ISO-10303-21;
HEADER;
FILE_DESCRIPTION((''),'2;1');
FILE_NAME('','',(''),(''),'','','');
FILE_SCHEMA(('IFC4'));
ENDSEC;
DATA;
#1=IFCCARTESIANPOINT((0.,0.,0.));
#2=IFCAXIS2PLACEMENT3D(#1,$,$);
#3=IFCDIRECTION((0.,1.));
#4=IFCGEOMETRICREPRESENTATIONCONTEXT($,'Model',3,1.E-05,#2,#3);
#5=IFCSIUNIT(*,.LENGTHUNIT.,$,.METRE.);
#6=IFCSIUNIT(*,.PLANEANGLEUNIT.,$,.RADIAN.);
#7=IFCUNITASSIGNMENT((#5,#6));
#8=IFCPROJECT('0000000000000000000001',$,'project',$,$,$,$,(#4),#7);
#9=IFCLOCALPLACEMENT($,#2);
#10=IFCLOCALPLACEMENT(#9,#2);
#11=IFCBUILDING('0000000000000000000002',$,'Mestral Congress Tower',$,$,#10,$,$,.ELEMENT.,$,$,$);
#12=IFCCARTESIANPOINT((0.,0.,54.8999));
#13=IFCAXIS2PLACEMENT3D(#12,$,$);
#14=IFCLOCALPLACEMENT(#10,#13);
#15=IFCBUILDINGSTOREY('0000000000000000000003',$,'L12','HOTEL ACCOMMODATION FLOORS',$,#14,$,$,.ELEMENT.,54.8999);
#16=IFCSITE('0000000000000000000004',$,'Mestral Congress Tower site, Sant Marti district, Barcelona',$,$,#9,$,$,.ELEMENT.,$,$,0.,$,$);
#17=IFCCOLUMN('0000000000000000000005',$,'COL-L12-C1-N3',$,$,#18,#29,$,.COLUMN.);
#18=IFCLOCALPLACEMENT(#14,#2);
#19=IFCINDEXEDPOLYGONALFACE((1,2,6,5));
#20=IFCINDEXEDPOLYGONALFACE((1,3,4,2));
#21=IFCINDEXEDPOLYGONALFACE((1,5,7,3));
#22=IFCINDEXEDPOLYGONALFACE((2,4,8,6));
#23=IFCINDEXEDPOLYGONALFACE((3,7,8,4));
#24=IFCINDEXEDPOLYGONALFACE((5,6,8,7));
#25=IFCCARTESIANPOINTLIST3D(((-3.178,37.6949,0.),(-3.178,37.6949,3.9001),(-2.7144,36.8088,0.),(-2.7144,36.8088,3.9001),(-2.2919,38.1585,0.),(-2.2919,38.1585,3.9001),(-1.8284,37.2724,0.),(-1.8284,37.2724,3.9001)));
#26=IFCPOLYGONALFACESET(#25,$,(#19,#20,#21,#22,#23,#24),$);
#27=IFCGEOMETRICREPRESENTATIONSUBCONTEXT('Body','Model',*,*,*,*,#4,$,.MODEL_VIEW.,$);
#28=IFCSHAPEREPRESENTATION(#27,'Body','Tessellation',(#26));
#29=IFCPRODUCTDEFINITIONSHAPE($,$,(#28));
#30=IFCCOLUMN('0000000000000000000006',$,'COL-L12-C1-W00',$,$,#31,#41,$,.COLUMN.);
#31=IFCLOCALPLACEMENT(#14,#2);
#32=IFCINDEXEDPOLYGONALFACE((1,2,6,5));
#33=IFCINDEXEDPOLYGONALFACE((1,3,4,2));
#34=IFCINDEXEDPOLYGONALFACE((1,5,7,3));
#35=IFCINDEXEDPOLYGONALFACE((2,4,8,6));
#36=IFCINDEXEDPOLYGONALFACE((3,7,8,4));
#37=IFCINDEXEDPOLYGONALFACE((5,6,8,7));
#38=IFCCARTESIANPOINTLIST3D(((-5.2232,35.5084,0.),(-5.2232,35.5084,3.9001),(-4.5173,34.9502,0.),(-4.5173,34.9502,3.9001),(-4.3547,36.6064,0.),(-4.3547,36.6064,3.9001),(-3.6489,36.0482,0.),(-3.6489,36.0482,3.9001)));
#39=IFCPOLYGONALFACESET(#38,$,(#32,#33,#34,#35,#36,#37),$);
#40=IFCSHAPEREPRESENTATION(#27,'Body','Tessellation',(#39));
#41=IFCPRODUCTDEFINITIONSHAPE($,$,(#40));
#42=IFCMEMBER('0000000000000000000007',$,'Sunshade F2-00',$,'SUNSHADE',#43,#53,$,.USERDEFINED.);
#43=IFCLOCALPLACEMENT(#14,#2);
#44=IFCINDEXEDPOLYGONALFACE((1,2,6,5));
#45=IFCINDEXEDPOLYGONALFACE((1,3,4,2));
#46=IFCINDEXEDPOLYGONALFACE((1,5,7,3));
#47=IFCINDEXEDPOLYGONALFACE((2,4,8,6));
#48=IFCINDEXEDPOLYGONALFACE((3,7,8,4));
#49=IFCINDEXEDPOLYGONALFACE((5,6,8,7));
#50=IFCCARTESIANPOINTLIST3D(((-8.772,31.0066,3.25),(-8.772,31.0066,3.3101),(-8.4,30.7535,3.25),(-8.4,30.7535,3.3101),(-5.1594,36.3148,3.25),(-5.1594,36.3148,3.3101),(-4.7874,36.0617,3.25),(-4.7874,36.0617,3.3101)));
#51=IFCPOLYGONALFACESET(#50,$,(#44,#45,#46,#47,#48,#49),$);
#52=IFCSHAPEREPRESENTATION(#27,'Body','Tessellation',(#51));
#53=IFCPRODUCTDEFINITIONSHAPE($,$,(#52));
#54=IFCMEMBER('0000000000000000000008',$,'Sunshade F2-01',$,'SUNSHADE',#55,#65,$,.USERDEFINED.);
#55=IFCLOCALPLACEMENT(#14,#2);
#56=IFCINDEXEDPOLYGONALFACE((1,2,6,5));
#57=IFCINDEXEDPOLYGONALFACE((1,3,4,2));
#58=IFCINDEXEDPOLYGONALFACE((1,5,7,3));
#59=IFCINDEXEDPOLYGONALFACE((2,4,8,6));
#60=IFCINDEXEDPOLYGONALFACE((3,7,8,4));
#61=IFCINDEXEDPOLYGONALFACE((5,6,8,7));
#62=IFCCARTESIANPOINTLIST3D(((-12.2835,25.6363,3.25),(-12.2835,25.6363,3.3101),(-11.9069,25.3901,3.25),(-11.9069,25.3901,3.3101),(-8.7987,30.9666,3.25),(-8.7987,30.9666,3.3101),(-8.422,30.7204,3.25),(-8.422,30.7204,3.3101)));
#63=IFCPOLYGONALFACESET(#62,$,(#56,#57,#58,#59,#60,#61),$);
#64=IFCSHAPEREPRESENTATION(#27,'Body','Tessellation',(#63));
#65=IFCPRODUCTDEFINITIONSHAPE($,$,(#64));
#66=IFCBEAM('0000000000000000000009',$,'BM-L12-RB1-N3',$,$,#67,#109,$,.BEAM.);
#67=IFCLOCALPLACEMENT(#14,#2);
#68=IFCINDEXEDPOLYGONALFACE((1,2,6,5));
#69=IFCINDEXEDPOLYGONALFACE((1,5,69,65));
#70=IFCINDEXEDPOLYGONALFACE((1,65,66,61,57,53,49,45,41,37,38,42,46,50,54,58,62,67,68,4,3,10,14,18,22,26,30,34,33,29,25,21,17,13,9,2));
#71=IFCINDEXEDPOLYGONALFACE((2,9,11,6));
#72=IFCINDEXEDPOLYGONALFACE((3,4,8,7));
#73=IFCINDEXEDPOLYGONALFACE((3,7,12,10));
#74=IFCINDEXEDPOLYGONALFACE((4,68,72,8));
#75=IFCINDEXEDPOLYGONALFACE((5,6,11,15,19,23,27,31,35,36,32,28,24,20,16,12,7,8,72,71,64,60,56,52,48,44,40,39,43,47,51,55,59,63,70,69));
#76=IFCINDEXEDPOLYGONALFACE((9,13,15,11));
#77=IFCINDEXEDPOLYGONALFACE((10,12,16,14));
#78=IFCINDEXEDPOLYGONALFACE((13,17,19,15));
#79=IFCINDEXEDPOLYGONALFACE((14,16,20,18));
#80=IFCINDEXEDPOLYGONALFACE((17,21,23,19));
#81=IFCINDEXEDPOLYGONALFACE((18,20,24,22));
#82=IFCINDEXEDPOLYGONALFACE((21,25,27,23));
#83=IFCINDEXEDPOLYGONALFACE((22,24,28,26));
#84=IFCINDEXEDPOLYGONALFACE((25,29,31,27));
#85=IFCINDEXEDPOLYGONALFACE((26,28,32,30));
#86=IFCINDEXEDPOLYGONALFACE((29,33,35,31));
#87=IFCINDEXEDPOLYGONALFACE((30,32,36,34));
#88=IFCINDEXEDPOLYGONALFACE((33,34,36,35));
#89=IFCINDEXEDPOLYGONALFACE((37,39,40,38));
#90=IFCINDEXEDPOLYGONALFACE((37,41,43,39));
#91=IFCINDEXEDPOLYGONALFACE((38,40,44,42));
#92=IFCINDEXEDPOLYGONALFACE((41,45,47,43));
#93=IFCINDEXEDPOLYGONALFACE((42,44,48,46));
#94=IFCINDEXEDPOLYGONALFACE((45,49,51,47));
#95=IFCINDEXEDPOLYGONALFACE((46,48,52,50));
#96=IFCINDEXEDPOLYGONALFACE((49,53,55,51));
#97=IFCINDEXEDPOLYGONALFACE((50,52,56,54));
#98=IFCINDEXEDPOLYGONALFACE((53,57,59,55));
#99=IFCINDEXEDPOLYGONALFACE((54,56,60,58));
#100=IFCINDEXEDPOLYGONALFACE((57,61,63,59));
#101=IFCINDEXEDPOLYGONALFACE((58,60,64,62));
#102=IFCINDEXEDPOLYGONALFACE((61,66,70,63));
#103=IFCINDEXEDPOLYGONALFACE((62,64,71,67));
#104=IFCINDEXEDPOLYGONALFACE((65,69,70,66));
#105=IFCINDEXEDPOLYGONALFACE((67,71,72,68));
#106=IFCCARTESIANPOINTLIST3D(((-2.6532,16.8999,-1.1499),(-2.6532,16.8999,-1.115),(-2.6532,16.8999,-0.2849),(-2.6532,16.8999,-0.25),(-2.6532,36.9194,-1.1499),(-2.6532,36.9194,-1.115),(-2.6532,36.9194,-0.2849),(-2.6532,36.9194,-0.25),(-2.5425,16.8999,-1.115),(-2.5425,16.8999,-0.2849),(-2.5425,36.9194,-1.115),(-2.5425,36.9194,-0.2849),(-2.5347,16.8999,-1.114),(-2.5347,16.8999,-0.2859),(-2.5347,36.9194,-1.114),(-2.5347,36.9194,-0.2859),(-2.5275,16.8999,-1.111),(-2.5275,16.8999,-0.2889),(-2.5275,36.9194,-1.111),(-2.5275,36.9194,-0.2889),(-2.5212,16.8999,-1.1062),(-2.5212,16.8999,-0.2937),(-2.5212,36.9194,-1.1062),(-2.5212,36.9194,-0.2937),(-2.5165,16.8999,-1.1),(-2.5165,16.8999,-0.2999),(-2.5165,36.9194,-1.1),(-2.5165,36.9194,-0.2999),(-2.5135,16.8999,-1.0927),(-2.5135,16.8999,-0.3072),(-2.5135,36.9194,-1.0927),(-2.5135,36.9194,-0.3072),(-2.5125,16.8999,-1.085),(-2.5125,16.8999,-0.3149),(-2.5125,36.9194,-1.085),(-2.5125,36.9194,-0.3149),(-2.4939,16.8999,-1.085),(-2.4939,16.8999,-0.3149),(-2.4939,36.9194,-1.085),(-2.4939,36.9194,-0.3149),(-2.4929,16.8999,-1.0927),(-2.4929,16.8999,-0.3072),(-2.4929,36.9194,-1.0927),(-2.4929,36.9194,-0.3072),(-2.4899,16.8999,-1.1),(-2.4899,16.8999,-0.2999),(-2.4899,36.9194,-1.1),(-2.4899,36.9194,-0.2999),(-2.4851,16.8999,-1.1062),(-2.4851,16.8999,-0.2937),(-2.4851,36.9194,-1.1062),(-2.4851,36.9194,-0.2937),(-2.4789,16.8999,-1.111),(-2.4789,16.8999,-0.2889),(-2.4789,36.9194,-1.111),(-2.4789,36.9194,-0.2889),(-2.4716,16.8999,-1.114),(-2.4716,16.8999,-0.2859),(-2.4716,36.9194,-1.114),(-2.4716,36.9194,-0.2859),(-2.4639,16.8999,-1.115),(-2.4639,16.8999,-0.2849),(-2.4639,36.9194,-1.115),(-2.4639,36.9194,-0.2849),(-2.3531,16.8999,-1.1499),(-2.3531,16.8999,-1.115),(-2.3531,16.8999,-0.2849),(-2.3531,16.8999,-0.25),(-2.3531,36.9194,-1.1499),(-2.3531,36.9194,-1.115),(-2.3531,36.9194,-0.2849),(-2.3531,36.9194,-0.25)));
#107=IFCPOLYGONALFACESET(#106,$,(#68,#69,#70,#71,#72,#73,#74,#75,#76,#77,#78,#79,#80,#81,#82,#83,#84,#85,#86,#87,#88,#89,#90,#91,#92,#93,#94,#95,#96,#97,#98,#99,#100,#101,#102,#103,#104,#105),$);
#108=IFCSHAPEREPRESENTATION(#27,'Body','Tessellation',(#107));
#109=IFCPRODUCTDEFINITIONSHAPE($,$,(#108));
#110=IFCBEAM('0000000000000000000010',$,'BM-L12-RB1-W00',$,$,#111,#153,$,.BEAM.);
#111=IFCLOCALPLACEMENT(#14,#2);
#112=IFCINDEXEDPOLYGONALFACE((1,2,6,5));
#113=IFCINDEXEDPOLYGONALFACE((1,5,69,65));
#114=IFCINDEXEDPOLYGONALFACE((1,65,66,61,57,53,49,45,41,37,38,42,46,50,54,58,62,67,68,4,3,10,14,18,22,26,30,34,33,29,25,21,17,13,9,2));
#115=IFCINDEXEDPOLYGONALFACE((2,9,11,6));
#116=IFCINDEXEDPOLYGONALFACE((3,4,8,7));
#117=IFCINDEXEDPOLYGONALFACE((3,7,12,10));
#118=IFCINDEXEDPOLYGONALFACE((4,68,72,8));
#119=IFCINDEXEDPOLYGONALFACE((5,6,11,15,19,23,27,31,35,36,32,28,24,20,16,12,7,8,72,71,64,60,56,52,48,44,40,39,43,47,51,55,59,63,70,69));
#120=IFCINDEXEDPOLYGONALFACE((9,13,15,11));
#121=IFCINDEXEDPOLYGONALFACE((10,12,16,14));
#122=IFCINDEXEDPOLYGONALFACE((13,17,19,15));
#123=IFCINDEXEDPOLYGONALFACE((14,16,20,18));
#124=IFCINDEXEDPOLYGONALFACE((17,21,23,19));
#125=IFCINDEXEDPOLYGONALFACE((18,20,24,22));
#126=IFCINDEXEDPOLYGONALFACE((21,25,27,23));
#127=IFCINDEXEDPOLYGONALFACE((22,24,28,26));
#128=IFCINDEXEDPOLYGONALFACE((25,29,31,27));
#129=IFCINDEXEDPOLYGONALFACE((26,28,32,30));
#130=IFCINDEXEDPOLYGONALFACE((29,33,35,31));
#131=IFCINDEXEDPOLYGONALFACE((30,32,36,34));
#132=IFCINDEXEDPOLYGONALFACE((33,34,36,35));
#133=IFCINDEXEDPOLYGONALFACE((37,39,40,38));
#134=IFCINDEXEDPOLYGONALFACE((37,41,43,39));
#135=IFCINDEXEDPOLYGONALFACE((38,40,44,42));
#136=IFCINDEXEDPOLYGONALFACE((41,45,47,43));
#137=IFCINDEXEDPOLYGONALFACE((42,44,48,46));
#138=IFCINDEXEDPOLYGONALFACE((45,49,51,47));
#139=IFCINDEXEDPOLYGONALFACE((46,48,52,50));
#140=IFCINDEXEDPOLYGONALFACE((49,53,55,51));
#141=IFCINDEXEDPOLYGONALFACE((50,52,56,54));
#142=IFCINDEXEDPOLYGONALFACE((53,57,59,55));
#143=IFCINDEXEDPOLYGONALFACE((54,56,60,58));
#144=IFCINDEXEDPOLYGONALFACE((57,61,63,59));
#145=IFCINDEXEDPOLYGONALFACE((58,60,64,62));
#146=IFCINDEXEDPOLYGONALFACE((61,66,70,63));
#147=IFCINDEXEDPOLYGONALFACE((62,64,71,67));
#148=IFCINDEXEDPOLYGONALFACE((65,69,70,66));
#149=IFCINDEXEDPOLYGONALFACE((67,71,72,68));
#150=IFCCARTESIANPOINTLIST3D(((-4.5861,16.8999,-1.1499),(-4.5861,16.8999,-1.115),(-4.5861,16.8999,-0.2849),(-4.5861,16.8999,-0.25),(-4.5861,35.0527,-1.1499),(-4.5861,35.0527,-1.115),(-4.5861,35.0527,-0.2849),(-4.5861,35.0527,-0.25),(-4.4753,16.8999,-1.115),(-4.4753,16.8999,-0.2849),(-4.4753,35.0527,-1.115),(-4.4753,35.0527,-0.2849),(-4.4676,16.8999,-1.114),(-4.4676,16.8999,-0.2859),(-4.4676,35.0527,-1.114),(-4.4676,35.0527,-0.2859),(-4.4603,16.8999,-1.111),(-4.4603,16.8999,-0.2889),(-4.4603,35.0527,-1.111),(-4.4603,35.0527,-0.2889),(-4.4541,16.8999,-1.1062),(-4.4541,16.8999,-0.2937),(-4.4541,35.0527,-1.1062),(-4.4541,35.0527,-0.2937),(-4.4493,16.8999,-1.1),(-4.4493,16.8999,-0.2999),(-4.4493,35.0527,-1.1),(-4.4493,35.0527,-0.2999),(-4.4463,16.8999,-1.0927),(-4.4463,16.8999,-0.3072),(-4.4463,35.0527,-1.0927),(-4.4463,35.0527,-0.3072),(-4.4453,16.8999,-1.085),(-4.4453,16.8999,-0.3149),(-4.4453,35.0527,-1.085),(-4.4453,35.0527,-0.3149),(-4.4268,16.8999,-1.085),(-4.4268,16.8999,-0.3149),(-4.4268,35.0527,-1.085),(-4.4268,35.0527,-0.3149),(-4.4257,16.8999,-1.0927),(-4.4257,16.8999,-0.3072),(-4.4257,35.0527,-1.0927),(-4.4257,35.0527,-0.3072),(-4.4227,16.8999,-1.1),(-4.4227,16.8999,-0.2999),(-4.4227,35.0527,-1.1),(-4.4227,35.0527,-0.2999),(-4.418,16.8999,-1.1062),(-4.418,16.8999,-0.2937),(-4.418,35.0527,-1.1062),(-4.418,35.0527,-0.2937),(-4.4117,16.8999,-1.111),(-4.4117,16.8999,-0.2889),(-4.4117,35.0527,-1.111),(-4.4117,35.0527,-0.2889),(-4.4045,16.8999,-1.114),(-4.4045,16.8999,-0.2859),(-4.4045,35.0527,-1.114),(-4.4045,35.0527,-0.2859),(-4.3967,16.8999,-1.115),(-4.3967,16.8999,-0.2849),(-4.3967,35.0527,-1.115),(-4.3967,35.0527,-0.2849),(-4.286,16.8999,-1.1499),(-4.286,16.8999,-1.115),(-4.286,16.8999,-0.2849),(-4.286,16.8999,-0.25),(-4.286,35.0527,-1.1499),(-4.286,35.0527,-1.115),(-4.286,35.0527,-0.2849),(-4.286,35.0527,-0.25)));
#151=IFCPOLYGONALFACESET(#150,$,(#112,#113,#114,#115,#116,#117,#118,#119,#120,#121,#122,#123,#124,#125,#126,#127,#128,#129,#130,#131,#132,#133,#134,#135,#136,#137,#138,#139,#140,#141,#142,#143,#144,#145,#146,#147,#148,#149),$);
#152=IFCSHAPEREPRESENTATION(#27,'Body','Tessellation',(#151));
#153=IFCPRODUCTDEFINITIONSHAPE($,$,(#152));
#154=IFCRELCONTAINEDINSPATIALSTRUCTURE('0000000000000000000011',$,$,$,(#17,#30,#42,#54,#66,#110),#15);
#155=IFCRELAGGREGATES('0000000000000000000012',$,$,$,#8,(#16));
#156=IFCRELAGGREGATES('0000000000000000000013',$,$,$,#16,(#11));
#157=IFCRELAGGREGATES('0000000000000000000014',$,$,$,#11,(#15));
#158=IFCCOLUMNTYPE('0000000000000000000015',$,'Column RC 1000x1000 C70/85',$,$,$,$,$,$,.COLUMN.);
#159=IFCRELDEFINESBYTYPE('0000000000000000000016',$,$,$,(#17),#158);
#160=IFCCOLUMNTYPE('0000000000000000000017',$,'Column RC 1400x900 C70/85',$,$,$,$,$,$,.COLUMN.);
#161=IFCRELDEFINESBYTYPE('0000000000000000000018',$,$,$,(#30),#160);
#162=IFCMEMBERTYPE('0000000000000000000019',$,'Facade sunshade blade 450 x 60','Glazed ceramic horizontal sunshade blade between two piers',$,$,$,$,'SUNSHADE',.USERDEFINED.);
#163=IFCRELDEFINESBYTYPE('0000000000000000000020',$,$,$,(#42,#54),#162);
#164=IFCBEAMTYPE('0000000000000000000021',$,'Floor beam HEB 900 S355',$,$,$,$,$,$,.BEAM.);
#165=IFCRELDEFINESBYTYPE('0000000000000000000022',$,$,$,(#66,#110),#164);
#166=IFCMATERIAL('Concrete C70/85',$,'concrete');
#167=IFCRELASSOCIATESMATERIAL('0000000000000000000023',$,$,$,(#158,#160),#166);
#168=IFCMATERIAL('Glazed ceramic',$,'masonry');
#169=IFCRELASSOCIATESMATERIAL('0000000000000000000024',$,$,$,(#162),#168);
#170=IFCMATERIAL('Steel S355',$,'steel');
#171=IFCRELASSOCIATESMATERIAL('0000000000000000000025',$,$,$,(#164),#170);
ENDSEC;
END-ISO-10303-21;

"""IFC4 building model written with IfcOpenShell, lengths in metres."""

from ifc_helpers import new_model, si_unit, direction, frame, origin, origin_2d, place, context, subcontext, project, spatial, rectangle, i_section, extrude, material, material_profile, profile_set, type_object, element, save


model = new_model("IFC4")

# Units and contexts
model_context = context("Model", 3, precision=1e-05, world=origin(), true_north=direction((0.0, 1.0)))
body_context = subcontext(model_context, "Body", "Model", "MODEL_VIEW")
ifc_project = project(units=[si_unit("LENGTHUNIT", "METRE"), si_unit("PLANEANGLEUNIT", "RADIAN")], contexts=[model_context])

# Site, building, storey
site_placement = place(None, origin())
site = spatial("IfcSite", under=ifc_project, at=site_placement, Name="Mestral Congress Tower site, Sant Marti district, Barcelona", CompositionType="ELEMENT", RefElevation=0.0)
building_placement = place(site_placement, origin())
building = spatial("IfcBuilding", under=site, at=building_placement, Name="Mestral Congress Tower", CompositionType="ELEMENT")
storey_placement = place(building_placement, frame((0.0, 0.0, 54.8999)))
storey = spatial("IfcBuildingStorey", under=building, at=storey_placement, Name="L12", Description="HOTEL ACCOMMODATION FLOORS", CompositionType="ELEMENT", Elevation=54.8999)

# Columns
ifc_material_1 = material(Name="Concrete C70/85", Category="concrete")
ifc_material_profile_1 = material_profile(ifc_material_1, rectangle(XDim=1.0, YDim=1.0, at=origin_2d()), Name="RC 1000x1000")
ifc_profile_set_1 = profile_set([ifc_material_profile_1], Name="Concrete C70/85")
column_type_1 = type_object("IfcColumnType", Name="Column RC 1000x1000 C70/85", PredefinedType="COLUMN", material=ifc_profile_set_1)
column_1_placement = place(storey_placement, frame((-2.5032, 37.4836, 0.0), z_axis=(0.0, 0.0, 1.0), x_axis=(-0.886068, -0.463556, 0.0)))
element("IfcColumn", 1, at=column_1_placement, inside=storey, type_object=column_type_1, Name="COL-L12-C1-N3", PredefinedType="COLUMN", context=body_context, shape_type="SweptSolid", body=[
    extrude(rectangle(XDim=1.0, YDim=1.0, at=origin_2d()), origin(), (0.0, 0.0, 1.0), 3.9001),
])
ifc_material_profile_2 = material_profile(ifc_material_1, rectangle(XDim=1.3999, YDim=0.8999, at=origin_2d()), Name="RC 1400x900")
ifc_profile_set_2 = profile_set([ifc_material_profile_2], Name="Concrete C70/85")
column_type_2 = type_object("IfcColumnType", Name="Column RC 1400x900 C70/85", PredefinedType="COLUMN", material=ifc_profile_set_2)
column_2_placement = place(storey_placement, frame((-4.436, 35.7783, 0.0), z_axis=(0.0, 0.0, 1.0), x_axis=(-0.620334, -0.784338, 0.0)))
element("IfcColumn", 2, at=column_2_placement, inside=storey, type_object=column_type_2, Name="COL-L12-C1-W00", PredefinedType="COLUMN", context=body_context, shape_type="SweptSolid", body=[
    extrude(rectangle(XDim=1.3999, YDim=0.8999, at=origin_2d()), origin(), (0.0, 0.0, 1.0), 3.9001),
])

# Members
ifc_material_2 = material(Name="Glazed ceramic", Category="masonry")
ifc_material_profile_3 = material_profile(ifc_material_2, rectangle(XDim=0.45, YDim=0.0601, at=origin_2d()), Name="Ceramic blade 450 x 60")
ifc_profile_set_3 = profile_set([ifc_material_profile_3], Name="Glazed ceramic")
member_type = type_object("IfcMemberType", Name="Facade sunshade blade 450 x 60", Description="Glazed ceramic horizontal sunshade blade between two piers", ElementType="SUNSHADE", PredefinedType="USERDEFINED", material=ifc_profile_set_3)
member_1_placement = place(storey_placement, frame((-4.9734, 36.1882, 3.28), z_axis=(-0.562633, -0.826706, 0.0), x_axis=(0.826706, -0.562633, 0.0)))
element("IfcMember", 3, at=member_1_placement, inside=storey, type_object=member_type, Name="Sunshade F2-00", ObjectType="SUNSHADE", PredefinedType="USERDEFINED", context=body_context, shape_type="SweptSolid", body=[
    extrude(rectangle(XDim=0.45, YDim=0.0601, at=origin_2d()), origin(), (0.0, 0.0, 1.0), 6.4209),
])
member_2_placement = place(storey_placement, frame((-8.6104, 30.8435, 3.28), z_axis=(-0.547211, -0.836995, 0.0), x_axis=(0.836995, -0.547211, 0.0)))
element("IfcMember", 4, at=member_2_placement, inside=storey, type_object=member_type, Name="Sunshade F2-01", ObjectType="SUNSHADE", PredefinedType="USERDEFINED", context=body_context, shape_type="SweptSolid", body=[
    extrude(rectangle(XDim=0.45, YDim=0.0601, at=origin_2d()), origin(), (0.0, 0.0, 1.0), 6.3684),
])

# Beams
ifc_material_3 = material(Name="Steel S355", Category="steel")
ifc_material_profile_4 = material_profile(ifc_material_3, i_section(OverallWidth=0.3, OverallDepth=0.8999, WebThickness=0.0186, FlangeThickness=0.0349, FilletRadius=0.03, at=origin_2d()), Name="HEB 900")
ifc_profile_set_4 = profile_set([ifc_material_profile_4], Name="Steel S355")
beam_type_1 = type_object("IfcBeamType", Name="Floor beam HEB 900 S355", PredefinedType="BEAM", material=ifc_profile_set_4)
beam_1_placement = place(storey_placement, frame((-2.5032, 36.9194, -0.7), z_axis=(0.0, -1.0, 0.0), x_axis=(1.0, 0.0, 0.0)))
element("IfcBeam", 5, at=beam_1_placement, inside=storey, type_object=beam_type_1, Name="BM-L12-RB1-N3", PredefinedType="BEAM", context=body_context, shape_type="SweptSolid", body=[
    extrude(i_section(OverallWidth=0.3, OverallDepth=0.8999, WebThickness=0.0186, FlangeThickness=0.0349, FilletRadius=0.03, at=origin_2d()), origin(), (0.0, 0.0, 1.0), 20.0195),
])
beam_2_placement = place(storey_placement, frame((-4.436, 35.0527, -0.7), z_axis=(0.0, -1.0, 0.0), x_axis=(1.0, 0.0, 0.0)))
element("IfcBeam", 6, at=beam_2_placement, inside=storey, type_object=beam_type_1, Name="BM-L12-RB1-W00", PredefinedType="BEAM", context=body_context, shape_type="SweptSolid", body=[
    extrude(i_section(OverallWidth=0.3, OverallDepth=0.8999, WebThickness=0.0186, FlangeThickness=0.0349, FilletRadius=0.03, at=origin_2d()), origin(), (0.0, 0.0, 1.0), 18.1528),
])

save(model, "model.ifc")
